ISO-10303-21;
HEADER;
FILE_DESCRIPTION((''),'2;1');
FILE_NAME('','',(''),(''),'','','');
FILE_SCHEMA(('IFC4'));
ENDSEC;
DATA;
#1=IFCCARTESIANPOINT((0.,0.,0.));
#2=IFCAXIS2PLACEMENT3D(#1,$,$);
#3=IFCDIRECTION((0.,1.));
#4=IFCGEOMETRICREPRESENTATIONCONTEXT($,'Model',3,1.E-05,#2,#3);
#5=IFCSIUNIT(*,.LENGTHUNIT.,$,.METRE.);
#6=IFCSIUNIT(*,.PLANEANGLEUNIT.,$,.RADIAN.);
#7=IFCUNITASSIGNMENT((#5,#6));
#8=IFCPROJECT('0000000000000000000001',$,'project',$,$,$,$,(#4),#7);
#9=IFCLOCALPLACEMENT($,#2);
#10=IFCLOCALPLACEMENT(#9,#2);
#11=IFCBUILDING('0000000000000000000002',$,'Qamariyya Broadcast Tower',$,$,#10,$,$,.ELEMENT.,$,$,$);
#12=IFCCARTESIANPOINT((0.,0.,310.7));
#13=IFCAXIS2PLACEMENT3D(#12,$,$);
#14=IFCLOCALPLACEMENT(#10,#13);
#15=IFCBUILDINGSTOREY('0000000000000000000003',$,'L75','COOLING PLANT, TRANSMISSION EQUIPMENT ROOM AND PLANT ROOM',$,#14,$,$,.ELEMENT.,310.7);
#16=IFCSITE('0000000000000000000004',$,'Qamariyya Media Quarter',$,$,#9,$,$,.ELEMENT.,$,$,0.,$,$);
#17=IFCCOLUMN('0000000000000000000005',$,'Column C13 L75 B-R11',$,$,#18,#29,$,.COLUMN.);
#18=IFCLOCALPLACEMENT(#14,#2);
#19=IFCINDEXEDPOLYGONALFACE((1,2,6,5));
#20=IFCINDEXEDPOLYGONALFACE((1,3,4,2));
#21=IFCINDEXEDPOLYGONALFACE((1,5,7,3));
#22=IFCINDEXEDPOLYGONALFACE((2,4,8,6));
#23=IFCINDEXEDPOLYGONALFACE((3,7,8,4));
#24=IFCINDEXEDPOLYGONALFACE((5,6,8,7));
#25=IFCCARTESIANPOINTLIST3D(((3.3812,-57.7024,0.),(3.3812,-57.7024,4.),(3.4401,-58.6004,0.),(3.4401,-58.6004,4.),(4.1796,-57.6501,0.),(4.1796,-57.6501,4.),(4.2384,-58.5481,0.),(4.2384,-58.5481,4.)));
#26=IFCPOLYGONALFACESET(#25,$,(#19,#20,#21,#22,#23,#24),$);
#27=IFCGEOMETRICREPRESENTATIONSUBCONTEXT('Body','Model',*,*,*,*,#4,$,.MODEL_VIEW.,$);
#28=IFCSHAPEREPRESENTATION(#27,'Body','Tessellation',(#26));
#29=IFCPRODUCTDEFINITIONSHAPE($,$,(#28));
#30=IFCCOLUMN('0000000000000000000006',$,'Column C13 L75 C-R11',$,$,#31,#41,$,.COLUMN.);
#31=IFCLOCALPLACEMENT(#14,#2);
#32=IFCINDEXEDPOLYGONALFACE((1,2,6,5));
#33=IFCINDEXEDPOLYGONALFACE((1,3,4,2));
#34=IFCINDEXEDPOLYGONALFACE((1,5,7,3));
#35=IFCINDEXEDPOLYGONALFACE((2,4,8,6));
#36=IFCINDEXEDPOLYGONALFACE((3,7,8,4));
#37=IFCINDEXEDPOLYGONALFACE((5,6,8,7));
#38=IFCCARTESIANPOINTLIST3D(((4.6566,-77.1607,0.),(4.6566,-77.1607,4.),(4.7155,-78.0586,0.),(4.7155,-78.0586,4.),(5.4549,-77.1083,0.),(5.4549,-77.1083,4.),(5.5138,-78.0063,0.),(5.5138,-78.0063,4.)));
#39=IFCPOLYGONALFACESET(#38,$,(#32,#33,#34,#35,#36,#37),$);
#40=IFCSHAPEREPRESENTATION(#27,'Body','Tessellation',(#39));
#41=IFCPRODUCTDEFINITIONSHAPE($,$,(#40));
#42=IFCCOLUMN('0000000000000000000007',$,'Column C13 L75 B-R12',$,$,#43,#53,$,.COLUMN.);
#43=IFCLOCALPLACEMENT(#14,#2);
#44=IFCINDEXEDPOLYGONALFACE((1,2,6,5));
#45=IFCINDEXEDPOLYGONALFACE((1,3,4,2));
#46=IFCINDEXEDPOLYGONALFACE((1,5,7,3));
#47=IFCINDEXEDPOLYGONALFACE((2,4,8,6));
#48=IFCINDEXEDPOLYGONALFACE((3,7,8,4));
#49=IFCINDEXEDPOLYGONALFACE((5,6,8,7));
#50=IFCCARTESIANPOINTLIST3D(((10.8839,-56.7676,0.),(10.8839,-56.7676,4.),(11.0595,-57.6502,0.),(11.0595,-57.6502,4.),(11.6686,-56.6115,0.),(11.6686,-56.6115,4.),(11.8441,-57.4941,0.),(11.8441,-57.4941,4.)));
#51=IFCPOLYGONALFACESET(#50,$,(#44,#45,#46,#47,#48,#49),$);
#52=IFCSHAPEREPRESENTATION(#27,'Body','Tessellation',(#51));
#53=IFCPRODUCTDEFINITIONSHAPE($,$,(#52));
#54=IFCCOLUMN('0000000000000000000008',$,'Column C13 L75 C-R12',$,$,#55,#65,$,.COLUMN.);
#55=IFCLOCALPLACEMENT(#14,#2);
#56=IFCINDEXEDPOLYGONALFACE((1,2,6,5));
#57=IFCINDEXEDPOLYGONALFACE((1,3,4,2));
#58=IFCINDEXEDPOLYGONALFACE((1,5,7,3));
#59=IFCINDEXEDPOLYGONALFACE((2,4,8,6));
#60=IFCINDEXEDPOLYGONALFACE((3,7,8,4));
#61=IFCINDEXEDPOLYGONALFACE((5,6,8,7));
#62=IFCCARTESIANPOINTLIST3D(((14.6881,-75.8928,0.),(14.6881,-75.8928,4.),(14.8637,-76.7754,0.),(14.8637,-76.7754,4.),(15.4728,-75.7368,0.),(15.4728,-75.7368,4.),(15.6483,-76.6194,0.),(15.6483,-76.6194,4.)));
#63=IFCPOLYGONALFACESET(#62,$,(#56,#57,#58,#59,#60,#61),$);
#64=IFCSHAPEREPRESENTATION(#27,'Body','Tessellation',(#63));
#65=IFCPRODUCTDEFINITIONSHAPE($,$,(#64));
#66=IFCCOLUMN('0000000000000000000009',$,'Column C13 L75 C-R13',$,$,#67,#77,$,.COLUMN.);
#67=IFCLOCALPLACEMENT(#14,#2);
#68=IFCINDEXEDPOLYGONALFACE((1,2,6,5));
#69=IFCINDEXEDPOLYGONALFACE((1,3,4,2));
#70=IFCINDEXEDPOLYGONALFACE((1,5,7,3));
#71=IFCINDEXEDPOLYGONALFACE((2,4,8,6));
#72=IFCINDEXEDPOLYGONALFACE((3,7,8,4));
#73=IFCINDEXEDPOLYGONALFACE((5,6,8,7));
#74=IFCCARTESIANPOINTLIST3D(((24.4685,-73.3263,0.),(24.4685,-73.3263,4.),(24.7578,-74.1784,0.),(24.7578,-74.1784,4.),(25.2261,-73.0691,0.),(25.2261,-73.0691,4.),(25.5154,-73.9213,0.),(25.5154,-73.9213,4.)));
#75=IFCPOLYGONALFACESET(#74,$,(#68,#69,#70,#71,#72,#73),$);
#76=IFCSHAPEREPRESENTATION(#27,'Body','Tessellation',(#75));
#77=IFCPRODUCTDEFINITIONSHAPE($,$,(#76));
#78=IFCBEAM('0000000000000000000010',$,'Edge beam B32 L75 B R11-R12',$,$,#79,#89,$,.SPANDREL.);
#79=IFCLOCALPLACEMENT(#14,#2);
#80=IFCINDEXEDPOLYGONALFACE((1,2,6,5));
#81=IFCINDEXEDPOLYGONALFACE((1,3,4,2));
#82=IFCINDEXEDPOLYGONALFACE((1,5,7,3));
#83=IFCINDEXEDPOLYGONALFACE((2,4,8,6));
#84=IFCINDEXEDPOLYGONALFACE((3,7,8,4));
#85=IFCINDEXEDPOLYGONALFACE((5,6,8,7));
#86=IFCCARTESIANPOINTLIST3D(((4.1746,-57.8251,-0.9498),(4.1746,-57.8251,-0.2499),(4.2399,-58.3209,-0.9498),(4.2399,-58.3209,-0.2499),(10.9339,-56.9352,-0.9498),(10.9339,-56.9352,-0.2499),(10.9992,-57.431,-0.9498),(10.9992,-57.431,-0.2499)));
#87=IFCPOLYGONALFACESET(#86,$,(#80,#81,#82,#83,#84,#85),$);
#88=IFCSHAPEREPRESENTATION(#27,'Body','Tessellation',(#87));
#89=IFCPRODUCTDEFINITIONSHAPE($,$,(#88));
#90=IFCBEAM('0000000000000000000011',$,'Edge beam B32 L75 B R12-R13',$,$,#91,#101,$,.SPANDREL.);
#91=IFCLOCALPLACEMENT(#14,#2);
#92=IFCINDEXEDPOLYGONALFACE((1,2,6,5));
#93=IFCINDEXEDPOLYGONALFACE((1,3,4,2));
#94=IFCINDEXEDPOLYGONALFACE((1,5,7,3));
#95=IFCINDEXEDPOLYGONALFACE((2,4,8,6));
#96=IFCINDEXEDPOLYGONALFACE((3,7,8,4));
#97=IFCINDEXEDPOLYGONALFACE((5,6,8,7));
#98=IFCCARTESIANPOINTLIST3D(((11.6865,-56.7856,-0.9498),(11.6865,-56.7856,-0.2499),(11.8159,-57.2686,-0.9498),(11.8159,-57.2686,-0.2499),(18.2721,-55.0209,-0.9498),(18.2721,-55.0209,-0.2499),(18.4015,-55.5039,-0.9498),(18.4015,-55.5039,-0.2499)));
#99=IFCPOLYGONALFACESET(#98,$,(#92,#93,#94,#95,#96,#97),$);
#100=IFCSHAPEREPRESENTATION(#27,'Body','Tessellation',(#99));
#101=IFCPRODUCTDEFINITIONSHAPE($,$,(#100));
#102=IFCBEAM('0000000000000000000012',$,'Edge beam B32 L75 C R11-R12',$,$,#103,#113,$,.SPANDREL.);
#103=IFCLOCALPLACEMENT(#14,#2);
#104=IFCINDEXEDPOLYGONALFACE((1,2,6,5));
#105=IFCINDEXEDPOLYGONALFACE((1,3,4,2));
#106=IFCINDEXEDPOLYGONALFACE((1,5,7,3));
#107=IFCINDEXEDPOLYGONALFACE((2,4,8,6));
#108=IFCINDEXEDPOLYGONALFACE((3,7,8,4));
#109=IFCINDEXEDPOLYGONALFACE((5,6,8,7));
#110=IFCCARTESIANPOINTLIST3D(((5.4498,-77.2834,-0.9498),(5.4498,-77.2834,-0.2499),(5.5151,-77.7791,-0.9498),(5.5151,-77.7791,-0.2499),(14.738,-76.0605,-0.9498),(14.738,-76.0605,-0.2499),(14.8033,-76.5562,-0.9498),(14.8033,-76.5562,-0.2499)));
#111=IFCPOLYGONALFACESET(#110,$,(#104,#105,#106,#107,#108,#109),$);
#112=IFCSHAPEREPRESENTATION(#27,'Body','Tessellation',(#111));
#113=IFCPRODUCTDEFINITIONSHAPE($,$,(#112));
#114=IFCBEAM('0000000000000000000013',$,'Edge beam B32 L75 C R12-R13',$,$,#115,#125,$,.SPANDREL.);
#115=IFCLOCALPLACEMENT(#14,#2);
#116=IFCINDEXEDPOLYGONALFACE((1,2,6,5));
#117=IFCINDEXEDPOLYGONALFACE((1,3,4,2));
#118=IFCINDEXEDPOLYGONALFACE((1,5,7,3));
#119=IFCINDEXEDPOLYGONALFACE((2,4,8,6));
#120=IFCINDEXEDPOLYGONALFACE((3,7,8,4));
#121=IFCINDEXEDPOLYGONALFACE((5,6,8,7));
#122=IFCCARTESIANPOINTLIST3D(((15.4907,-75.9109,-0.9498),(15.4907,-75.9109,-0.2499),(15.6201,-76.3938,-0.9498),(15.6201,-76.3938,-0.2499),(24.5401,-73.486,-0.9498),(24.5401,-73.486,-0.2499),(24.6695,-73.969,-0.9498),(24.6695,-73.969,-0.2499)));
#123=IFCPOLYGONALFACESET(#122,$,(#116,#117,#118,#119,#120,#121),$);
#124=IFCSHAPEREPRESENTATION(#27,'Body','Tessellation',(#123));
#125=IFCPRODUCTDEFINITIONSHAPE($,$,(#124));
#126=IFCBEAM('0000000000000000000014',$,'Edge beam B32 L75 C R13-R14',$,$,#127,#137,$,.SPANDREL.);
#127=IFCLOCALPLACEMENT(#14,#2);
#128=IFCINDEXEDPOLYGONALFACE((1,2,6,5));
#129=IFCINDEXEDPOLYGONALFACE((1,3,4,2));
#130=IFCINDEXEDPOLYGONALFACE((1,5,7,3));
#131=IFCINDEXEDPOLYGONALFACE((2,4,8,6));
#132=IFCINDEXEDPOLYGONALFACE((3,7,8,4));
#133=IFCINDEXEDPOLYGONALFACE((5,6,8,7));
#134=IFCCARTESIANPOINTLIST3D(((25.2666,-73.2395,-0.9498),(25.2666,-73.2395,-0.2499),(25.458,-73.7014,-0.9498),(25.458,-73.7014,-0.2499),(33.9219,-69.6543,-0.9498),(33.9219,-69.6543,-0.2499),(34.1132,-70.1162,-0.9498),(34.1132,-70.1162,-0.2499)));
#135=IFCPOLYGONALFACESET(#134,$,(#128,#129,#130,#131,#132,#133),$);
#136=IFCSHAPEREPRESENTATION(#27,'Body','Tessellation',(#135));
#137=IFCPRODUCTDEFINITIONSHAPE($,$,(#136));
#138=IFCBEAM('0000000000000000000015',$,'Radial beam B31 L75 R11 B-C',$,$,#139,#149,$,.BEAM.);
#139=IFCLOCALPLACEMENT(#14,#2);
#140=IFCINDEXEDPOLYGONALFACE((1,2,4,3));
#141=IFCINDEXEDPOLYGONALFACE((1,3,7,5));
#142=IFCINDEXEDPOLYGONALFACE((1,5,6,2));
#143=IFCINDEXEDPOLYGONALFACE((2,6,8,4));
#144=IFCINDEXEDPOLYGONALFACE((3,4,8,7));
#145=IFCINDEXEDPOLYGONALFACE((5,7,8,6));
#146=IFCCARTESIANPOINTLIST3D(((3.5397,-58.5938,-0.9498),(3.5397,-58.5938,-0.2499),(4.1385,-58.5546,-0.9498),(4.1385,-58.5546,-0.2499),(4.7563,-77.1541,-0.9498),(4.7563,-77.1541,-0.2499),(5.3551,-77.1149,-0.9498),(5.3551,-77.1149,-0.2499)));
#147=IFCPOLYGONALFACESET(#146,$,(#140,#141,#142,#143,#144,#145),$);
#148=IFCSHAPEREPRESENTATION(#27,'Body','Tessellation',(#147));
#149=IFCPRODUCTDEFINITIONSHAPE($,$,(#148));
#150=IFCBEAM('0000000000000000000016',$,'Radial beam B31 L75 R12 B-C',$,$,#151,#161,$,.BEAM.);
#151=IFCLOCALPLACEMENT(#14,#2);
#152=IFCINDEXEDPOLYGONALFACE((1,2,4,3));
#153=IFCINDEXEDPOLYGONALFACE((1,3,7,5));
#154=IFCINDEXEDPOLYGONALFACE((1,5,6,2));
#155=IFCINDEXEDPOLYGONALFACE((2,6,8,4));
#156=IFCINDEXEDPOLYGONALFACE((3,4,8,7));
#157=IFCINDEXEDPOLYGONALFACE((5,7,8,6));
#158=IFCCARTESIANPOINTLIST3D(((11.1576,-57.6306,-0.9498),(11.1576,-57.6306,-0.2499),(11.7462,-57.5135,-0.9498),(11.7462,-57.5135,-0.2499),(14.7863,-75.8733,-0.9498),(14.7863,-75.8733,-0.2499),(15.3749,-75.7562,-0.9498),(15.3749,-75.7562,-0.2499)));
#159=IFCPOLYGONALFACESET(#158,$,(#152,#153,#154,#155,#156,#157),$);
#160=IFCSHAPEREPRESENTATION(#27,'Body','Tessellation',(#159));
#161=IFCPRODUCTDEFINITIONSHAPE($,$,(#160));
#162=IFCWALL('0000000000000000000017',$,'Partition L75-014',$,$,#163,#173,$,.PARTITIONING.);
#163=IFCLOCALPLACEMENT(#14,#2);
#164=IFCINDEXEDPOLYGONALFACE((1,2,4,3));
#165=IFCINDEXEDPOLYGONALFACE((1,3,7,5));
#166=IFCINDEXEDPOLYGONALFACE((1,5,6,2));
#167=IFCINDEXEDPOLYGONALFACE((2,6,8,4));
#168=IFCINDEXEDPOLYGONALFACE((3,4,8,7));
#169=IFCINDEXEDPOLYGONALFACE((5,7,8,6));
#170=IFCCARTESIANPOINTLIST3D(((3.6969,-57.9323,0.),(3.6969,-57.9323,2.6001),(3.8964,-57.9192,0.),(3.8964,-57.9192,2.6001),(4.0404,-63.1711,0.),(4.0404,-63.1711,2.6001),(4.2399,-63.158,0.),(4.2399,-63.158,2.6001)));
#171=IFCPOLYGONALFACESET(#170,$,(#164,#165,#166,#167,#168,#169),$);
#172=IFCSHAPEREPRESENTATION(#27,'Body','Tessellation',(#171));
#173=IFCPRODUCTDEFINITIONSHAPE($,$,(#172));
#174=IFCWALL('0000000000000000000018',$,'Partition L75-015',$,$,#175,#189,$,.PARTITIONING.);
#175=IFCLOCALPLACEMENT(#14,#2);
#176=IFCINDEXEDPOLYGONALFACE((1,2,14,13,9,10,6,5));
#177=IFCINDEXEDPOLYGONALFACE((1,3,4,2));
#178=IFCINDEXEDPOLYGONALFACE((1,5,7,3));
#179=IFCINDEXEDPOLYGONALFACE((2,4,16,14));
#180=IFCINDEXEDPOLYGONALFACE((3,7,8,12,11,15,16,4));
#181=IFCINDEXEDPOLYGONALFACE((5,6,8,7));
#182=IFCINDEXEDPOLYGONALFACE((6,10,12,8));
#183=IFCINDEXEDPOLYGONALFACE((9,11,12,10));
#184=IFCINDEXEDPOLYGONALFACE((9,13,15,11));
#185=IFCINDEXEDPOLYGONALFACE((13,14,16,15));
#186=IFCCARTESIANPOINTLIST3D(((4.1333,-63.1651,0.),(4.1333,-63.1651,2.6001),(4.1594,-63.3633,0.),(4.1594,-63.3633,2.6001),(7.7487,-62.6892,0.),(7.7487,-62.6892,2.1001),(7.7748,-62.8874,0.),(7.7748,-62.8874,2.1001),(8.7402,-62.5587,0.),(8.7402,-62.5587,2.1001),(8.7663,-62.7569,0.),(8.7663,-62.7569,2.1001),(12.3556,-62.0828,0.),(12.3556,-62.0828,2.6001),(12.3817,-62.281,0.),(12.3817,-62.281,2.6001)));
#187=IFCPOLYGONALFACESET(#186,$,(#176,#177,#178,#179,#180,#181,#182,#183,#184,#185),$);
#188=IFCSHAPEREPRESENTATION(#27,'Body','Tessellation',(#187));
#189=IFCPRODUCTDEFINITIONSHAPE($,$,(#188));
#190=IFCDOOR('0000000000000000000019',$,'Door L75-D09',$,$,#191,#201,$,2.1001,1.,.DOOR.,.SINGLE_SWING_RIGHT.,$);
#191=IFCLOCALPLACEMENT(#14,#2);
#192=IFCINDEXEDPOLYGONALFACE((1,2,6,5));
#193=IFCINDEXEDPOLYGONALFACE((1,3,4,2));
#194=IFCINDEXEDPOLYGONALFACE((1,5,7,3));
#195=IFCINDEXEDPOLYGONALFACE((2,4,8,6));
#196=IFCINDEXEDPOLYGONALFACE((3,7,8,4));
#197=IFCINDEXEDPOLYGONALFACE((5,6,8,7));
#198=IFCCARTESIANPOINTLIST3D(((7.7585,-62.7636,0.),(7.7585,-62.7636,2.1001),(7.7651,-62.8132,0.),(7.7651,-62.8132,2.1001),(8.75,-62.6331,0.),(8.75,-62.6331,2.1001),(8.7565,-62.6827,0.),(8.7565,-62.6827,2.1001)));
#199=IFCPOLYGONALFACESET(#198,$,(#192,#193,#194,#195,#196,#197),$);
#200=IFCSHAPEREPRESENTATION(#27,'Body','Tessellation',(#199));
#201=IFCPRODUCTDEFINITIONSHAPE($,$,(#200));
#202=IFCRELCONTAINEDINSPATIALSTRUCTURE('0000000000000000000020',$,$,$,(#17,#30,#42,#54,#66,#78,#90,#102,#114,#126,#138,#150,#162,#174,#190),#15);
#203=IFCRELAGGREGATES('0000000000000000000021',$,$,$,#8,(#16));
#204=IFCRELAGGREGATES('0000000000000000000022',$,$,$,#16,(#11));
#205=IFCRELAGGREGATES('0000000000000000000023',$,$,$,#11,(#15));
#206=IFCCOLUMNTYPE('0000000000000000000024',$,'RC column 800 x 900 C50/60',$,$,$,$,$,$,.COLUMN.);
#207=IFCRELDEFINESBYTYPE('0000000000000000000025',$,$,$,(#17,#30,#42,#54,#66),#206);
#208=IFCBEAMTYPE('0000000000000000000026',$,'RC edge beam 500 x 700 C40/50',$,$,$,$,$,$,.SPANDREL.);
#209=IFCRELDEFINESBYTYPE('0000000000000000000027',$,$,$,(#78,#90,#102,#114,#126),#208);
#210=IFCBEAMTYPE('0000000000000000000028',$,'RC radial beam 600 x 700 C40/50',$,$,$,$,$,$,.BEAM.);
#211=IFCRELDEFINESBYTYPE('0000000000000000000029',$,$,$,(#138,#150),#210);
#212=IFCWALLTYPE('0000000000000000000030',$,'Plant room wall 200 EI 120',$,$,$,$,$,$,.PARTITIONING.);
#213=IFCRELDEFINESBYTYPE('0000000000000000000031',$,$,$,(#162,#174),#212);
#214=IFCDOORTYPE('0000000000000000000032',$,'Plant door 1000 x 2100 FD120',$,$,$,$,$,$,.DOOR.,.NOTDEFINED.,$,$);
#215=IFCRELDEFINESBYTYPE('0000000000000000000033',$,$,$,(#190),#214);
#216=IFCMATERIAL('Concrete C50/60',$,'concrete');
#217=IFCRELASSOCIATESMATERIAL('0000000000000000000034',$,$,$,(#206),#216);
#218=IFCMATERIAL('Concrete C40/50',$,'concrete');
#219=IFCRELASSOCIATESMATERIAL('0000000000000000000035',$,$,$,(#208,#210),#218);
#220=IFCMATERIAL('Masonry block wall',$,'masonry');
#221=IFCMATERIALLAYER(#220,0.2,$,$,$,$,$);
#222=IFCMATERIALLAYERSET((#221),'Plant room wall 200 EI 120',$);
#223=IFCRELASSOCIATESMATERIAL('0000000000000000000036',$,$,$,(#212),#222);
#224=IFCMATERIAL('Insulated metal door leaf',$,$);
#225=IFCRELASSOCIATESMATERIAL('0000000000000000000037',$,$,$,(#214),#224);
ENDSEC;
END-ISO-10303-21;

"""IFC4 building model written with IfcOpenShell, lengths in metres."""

from ifc_helpers import new_model, si_unit, direction, frame, frame_2d, origin, origin_2d, place, context, subcontext, project, spatial, rectangle, extrude, material, layer, layer_set, material_profile, profile_set, type_object, element, fill, save


model = new_model("IFC4")

# Units and contexts
model_context = context("Model", 3, precision=1e-05, world=origin(), true_north=direction((0.0, 1.0)))
body_context = subcontext(model_context, "Body", "Model", "MODEL_VIEW")
ifc_project = project(units=[si_unit("LENGTHUNIT", "METRE"), si_unit("PLANEANGLEUNIT", "RADIAN")], contexts=[model_context])

# Site, building, storey
site_placement = place(None, origin())
site = spatial("IfcSite", under=ifc_project, at=site_placement, Name="Qamariyya Media Quarter", CompositionType="ELEMENT", RefElevation=0.0)
building_placement = place(site_placement, origin())
building = spatial("IfcBuilding", under=site, at=building_placement, Name="Qamariyya Broadcast Tower", CompositionType="ELEMENT")
storey_placement = place(building_placement, frame((0.0, 0.0, 310.7)))
storey = spatial("IfcBuildingStorey", under=building, at=storey_placement, Name="L75", Description="COOLING PLANT, TRANSMISSION EQUIPMENT ROOM AND PLANT ROOM", CompositionType="ELEMENT", Elevation=310.7)

# Columns
ifc_material_1 = material(Name="Concrete C50/60", Category="concrete")
ifc_material_profile_1 = material_profile(ifc_material_1, rectangle(XDim=0.8, YDim=0.8999, at=origin_2d()))
ifc_profile_set_1 = profile_set([ifc_material_profile_1], Name="Concrete C50/60")
column_type = type_object("IfcColumnType", Name="RC column 800 x 900 C50/60", PredefinedType="COLUMN", material=ifc_profile_set_1)
for number, where, z_axis, x_axis, name in (
    (1, (3.8098, -58.1252, 0.0), (0.0, 0.0, 1.0), (0.997859, 0.065403, 0.0), "Column C13 L75 B-R11"),
    (2, (5.0852, -77.5835, 0.0), (0.0, 0.0, 1.0), (0.997859, 0.065403, 0.0), "Column C13 L75 C-R11"),
    (3, (11.364, -57.1309, 0.0), (0.0, 0.0, 1.0), (0.980785, 0.19509, 0.0), "Column C13 L75 B-R12"),
    (4, (15.1682, -76.2561, 0.0), (0.0, 0.0, 1.0), (0.980785, 0.19509, 0.0), "Column C13 L75 C-R12"),
    (5, (24.9919, -73.6238, 0.0), (0.0, 0.0, 1.0), (0.94693, 0.321439, 0.0), "Column C13 L75 C-R13"),
):
    element("IfcColumn", number, at=place(storey_placement, frame(where, z_axis=z_axis, x_axis=x_axis)), inside=storey, type_object=column_type, Name=name, PredefinedType="COLUMN", context=body_context, shape_type="SweptSolid", body=[
        extrude(rectangle(XDim=0.8, YDim=0.8999, at=origin_2d()), origin(), (0.0, 0.0, 1.0), 4.0),
    ])

# Beams
ifc_material_2 = material(Name="Concrete C40/50", Category="concrete")
ifc_material_profile_2 = material_profile(ifc_material_2, rectangle(XDim=0.5, YDim=0.7, at=origin_2d()))
ifc_profile_set_2 = profile_set([ifc_material_profile_2], Name="Concrete C40/50")
beam_type_1 = type_object("IfcBeamType", Name="RC edge beam 500 x 700 C40/50", PredefinedType="SPANDREL", material=ifc_profile_set_2)
beam_1_placement = place(storey_placement, frame((4.2073, -58.073, -0.5999), z_axis=(0.991445, 0.130529, 0.0), x_axis=(-0.130529, 0.991445, 0.0)))
element("IfcBeam", 6, at=beam_1_placement, inside=storey, type_object=beam_type_1, Name="Edge beam B32 L75 B R11-R12", PredefinedType="SPANDREL", context=body_context, shape_type="SweptSolid", body=[
    extrude(rectangle(XDim=0.5, YDim=0.7, at=origin_2d()), origin(), (0.0, 0.0, 1.0), 6.8176),
])
beam_2_placement = place(storey_placement, frame((11.7512, -57.0271, -0.5999), z_axis=(0.965923, 0.25883, 0.0), x_axis=(-0.25883, 0.965923, 0.0)))
element("IfcBeam", 7, at=beam_2_placement, inside=storey, type_object=beam_type_1, Name="Edge beam B32 L75 B R12-R13", PredefinedType="SPANDREL", context=body_context, shape_type="SweptSolid", body=[
    extrude(rectangle(XDim=0.5, YDim=0.7, at=origin_2d()), origin(), (0.0, 0.0, 1.0), 6.8179),
])
beam_3_placement = place(storey_placement, frame((5.4824, -77.5312, -0.5999), z_axis=(0.991444, 0.130533, 0.0), x_axis=(-0.130533, 0.991444, 0.0)))
element("IfcBeam", 8, at=beam_3_placement, inside=storey, type_object=beam_type_1, Name="Edge beam B32 L75 C R11-R12", PredefinedType="SPANDREL", context=body_context, shape_type="SweptSolid", body=[
    extrude(rectangle(XDim=0.5, YDim=0.7, at=origin_2d()), origin(), (0.0, 0.0, 1.0), 9.3684),
])
beam_4_placement = place(storey_placement, frame((15.5554, -76.1523, -0.5999), z_axis=(0.965925, 0.258824, 0.0), x_axis=(-0.258824, 0.965925, 0.0)))
element("IfcBeam", 9, at=beam_4_placement, inside=storey, type_object=beam_type_1, Name="Edge beam B32 L75 C R12-R13", PredefinedType="SPANDREL", context=body_context, shape_type="SweptSolid", body=[
    extrude(rectangle(XDim=0.5, YDim=0.7, at=origin_2d()), origin(), (0.0, 0.0, 1.0), 9.3687),
])
beam_5_placement = place(storey_placement, frame((25.3623, -73.4705, -0.5999), z_axis=(0.923877, 0.38269, 0.0), x_axis=(-0.38269, 0.923877, 0.0)))
element("IfcBeam", 10, at=beam_5_placement, inside=storey, type_object=beam_type_1, Name="Edge beam B32 L75 C R13-R14", PredefinedType="SPANDREL", context=body_context, shape_type="SweptSolid", body=[
    extrude(rectangle(XDim=0.5, YDim=0.7, at=origin_2d()), origin(), (0.0, 0.0, 1.0), 9.3684),
])
ifc_material_profile_3 = material_profile(ifc_material_2, rectangle(XDim=0.6001, YDim=0.7, at=origin_2d()))
ifc_profile_set_3 = profile_set([ifc_material_profile_3], Name="Concrete C40/50")
beam_type_2 = type_object("IfcBeamType", Name="RC radial beam 600 x 700 C40/50", PredefinedType="BEAM", material=ifc_profile_set_3)
for number, where, z_axis, x_axis, name in (
    (11, (3.8391, -58.5742, -0.5999), (0.065406, -0.997859, 0.0), (0.997859, 0.065406, 0.0), "Radial beam B31 L75 R11 B-C"),
    (12, (11.4519, -57.572, -0.5999), (0.195089, -0.980786, 0.0), (0.980786, 0.195089, 0.0), "Radial beam B31 L75 R12 B-C"),
):
    element("IfcBeam", number, at=place(storey_placement, frame(where, z_axis=z_axis, x_axis=x_axis)), inside=storey, type_object=beam_type_2, Name=name, PredefinedType="BEAM", context=body_context, shape_type="SweptSolid", body=[
        extrude(rectangle(XDim=0.6001, YDim=0.7, at=origin_2d()), origin(), (0.0, 0.0, 1.0), 18.6001),
    ])

# Shared definitions
ifc_material_3 = material(Name="Masonry block wall", Category="masonry")
ifc_layer_1 = layer(ifc_material_3, 0.2)
ifc_layer_set_1 = layer_set([ifc_layer_1], Name="Plant room wall 200 EI 120")
wall_type_1 = type_object("IfcWallType", Name="Plant room wall 200 EI 120", PredefinedType="PARTITIONING", material=ifc_layer_set_1)
ifc_material_4 = material(Name="Insulated metal door leaf")

# Wall
wall_1_placement = place(storey_placement, frame((3.7966, -57.9258, 0.0), z_axis=(0.0, 0.0, 1.0), x_axis=(0.065429, -0.997857, 0.0)))
element("IfcWall", 13, at=wall_1_placement, inside=storey, type_object=wall_type_1, Name="Partition L75-014", PredefinedType="PARTITIONING", context=body_context, shape_type="SweptSolid", body=[
    extrude(rectangle(XDim=5.25, YDim=0.2, at=frame_2d((2.625, 0.0))), origin(), (0.0, 0.0, 1.0), 2.6001),
])

# Wall, opening, door
wall_2_placement = place(storey_placement, frame((4.1465, -63.2642, 0.0), z_axis=(0.0, 0.0, 1.0), x_axis=(0.991448, 0.130503, 0.0)))
wall_2 = element("IfcWall", 14, at=wall_2_placement, inside=storey, type_object=wall_type_1, Name="Partition L75-015", PredefinedType="PARTITIONING", context=body_context, shape_type="SweptSolid", body=[
    extrude(rectangle(XDim=8.2932, YDim=0.2, at=frame_2d((4.1465, 0.0))), origin(), (0.0, 0.0, 1.0), 2.6001),
])
opening_1_placement = place(wall_2_placement, frame((3.6465, 0.0, 0.0)))
opening_1 = element("IfcOpeningElement", 15, at=opening_1_placement, cuts=wall_2, PredefinedType="OPENING", context=body_context, shape_type="SweptSolid", body=[
    extrude(rectangle(XDim=1.0, YDim=2.1001, at=frame_2d((0.5, 1.05))), frame((0.0, 0.1099, 0.0), z_axis=(0.0, -1.0, 0.0), x_axis=(1.0, 0.0, 0.0)), (0.0, 0.0, 1.0), 0.22),
])
door_type_1 = type_object("IfcDoorType", Name="Plant door 1000 x 2100 FD120", OperationType="NOTDEFINED", PredefinedType="DOOR", material=ifc_material_4)
door_1_placement = place(opening_1_placement, origin())
door_1 = element("IfcDoor", 16, at=door_1_placement, inside=storey, type_object=door_type_1, Name="Door L75-D09", OperationType="SINGLE_SWING_RIGHT", OverallHeight=2.1001, OverallWidth=1.0, PredefinedType="DOOR", context=body_context, shape_type="SweptSolid", body=[
    extrude(rectangle(XDim=1.0, YDim=2.1001, at=frame_2d((0.5, 1.05))), frame((0.0, 0.0249, 0.0), z_axis=(0.0, -1.0, 0.0), x_axis=(1.0, 0.0, 0.0)), (0.0, 0.0, 1.0), 0.05),
])
fill(opening_1, door_1)

save(model, "model.ifc")
